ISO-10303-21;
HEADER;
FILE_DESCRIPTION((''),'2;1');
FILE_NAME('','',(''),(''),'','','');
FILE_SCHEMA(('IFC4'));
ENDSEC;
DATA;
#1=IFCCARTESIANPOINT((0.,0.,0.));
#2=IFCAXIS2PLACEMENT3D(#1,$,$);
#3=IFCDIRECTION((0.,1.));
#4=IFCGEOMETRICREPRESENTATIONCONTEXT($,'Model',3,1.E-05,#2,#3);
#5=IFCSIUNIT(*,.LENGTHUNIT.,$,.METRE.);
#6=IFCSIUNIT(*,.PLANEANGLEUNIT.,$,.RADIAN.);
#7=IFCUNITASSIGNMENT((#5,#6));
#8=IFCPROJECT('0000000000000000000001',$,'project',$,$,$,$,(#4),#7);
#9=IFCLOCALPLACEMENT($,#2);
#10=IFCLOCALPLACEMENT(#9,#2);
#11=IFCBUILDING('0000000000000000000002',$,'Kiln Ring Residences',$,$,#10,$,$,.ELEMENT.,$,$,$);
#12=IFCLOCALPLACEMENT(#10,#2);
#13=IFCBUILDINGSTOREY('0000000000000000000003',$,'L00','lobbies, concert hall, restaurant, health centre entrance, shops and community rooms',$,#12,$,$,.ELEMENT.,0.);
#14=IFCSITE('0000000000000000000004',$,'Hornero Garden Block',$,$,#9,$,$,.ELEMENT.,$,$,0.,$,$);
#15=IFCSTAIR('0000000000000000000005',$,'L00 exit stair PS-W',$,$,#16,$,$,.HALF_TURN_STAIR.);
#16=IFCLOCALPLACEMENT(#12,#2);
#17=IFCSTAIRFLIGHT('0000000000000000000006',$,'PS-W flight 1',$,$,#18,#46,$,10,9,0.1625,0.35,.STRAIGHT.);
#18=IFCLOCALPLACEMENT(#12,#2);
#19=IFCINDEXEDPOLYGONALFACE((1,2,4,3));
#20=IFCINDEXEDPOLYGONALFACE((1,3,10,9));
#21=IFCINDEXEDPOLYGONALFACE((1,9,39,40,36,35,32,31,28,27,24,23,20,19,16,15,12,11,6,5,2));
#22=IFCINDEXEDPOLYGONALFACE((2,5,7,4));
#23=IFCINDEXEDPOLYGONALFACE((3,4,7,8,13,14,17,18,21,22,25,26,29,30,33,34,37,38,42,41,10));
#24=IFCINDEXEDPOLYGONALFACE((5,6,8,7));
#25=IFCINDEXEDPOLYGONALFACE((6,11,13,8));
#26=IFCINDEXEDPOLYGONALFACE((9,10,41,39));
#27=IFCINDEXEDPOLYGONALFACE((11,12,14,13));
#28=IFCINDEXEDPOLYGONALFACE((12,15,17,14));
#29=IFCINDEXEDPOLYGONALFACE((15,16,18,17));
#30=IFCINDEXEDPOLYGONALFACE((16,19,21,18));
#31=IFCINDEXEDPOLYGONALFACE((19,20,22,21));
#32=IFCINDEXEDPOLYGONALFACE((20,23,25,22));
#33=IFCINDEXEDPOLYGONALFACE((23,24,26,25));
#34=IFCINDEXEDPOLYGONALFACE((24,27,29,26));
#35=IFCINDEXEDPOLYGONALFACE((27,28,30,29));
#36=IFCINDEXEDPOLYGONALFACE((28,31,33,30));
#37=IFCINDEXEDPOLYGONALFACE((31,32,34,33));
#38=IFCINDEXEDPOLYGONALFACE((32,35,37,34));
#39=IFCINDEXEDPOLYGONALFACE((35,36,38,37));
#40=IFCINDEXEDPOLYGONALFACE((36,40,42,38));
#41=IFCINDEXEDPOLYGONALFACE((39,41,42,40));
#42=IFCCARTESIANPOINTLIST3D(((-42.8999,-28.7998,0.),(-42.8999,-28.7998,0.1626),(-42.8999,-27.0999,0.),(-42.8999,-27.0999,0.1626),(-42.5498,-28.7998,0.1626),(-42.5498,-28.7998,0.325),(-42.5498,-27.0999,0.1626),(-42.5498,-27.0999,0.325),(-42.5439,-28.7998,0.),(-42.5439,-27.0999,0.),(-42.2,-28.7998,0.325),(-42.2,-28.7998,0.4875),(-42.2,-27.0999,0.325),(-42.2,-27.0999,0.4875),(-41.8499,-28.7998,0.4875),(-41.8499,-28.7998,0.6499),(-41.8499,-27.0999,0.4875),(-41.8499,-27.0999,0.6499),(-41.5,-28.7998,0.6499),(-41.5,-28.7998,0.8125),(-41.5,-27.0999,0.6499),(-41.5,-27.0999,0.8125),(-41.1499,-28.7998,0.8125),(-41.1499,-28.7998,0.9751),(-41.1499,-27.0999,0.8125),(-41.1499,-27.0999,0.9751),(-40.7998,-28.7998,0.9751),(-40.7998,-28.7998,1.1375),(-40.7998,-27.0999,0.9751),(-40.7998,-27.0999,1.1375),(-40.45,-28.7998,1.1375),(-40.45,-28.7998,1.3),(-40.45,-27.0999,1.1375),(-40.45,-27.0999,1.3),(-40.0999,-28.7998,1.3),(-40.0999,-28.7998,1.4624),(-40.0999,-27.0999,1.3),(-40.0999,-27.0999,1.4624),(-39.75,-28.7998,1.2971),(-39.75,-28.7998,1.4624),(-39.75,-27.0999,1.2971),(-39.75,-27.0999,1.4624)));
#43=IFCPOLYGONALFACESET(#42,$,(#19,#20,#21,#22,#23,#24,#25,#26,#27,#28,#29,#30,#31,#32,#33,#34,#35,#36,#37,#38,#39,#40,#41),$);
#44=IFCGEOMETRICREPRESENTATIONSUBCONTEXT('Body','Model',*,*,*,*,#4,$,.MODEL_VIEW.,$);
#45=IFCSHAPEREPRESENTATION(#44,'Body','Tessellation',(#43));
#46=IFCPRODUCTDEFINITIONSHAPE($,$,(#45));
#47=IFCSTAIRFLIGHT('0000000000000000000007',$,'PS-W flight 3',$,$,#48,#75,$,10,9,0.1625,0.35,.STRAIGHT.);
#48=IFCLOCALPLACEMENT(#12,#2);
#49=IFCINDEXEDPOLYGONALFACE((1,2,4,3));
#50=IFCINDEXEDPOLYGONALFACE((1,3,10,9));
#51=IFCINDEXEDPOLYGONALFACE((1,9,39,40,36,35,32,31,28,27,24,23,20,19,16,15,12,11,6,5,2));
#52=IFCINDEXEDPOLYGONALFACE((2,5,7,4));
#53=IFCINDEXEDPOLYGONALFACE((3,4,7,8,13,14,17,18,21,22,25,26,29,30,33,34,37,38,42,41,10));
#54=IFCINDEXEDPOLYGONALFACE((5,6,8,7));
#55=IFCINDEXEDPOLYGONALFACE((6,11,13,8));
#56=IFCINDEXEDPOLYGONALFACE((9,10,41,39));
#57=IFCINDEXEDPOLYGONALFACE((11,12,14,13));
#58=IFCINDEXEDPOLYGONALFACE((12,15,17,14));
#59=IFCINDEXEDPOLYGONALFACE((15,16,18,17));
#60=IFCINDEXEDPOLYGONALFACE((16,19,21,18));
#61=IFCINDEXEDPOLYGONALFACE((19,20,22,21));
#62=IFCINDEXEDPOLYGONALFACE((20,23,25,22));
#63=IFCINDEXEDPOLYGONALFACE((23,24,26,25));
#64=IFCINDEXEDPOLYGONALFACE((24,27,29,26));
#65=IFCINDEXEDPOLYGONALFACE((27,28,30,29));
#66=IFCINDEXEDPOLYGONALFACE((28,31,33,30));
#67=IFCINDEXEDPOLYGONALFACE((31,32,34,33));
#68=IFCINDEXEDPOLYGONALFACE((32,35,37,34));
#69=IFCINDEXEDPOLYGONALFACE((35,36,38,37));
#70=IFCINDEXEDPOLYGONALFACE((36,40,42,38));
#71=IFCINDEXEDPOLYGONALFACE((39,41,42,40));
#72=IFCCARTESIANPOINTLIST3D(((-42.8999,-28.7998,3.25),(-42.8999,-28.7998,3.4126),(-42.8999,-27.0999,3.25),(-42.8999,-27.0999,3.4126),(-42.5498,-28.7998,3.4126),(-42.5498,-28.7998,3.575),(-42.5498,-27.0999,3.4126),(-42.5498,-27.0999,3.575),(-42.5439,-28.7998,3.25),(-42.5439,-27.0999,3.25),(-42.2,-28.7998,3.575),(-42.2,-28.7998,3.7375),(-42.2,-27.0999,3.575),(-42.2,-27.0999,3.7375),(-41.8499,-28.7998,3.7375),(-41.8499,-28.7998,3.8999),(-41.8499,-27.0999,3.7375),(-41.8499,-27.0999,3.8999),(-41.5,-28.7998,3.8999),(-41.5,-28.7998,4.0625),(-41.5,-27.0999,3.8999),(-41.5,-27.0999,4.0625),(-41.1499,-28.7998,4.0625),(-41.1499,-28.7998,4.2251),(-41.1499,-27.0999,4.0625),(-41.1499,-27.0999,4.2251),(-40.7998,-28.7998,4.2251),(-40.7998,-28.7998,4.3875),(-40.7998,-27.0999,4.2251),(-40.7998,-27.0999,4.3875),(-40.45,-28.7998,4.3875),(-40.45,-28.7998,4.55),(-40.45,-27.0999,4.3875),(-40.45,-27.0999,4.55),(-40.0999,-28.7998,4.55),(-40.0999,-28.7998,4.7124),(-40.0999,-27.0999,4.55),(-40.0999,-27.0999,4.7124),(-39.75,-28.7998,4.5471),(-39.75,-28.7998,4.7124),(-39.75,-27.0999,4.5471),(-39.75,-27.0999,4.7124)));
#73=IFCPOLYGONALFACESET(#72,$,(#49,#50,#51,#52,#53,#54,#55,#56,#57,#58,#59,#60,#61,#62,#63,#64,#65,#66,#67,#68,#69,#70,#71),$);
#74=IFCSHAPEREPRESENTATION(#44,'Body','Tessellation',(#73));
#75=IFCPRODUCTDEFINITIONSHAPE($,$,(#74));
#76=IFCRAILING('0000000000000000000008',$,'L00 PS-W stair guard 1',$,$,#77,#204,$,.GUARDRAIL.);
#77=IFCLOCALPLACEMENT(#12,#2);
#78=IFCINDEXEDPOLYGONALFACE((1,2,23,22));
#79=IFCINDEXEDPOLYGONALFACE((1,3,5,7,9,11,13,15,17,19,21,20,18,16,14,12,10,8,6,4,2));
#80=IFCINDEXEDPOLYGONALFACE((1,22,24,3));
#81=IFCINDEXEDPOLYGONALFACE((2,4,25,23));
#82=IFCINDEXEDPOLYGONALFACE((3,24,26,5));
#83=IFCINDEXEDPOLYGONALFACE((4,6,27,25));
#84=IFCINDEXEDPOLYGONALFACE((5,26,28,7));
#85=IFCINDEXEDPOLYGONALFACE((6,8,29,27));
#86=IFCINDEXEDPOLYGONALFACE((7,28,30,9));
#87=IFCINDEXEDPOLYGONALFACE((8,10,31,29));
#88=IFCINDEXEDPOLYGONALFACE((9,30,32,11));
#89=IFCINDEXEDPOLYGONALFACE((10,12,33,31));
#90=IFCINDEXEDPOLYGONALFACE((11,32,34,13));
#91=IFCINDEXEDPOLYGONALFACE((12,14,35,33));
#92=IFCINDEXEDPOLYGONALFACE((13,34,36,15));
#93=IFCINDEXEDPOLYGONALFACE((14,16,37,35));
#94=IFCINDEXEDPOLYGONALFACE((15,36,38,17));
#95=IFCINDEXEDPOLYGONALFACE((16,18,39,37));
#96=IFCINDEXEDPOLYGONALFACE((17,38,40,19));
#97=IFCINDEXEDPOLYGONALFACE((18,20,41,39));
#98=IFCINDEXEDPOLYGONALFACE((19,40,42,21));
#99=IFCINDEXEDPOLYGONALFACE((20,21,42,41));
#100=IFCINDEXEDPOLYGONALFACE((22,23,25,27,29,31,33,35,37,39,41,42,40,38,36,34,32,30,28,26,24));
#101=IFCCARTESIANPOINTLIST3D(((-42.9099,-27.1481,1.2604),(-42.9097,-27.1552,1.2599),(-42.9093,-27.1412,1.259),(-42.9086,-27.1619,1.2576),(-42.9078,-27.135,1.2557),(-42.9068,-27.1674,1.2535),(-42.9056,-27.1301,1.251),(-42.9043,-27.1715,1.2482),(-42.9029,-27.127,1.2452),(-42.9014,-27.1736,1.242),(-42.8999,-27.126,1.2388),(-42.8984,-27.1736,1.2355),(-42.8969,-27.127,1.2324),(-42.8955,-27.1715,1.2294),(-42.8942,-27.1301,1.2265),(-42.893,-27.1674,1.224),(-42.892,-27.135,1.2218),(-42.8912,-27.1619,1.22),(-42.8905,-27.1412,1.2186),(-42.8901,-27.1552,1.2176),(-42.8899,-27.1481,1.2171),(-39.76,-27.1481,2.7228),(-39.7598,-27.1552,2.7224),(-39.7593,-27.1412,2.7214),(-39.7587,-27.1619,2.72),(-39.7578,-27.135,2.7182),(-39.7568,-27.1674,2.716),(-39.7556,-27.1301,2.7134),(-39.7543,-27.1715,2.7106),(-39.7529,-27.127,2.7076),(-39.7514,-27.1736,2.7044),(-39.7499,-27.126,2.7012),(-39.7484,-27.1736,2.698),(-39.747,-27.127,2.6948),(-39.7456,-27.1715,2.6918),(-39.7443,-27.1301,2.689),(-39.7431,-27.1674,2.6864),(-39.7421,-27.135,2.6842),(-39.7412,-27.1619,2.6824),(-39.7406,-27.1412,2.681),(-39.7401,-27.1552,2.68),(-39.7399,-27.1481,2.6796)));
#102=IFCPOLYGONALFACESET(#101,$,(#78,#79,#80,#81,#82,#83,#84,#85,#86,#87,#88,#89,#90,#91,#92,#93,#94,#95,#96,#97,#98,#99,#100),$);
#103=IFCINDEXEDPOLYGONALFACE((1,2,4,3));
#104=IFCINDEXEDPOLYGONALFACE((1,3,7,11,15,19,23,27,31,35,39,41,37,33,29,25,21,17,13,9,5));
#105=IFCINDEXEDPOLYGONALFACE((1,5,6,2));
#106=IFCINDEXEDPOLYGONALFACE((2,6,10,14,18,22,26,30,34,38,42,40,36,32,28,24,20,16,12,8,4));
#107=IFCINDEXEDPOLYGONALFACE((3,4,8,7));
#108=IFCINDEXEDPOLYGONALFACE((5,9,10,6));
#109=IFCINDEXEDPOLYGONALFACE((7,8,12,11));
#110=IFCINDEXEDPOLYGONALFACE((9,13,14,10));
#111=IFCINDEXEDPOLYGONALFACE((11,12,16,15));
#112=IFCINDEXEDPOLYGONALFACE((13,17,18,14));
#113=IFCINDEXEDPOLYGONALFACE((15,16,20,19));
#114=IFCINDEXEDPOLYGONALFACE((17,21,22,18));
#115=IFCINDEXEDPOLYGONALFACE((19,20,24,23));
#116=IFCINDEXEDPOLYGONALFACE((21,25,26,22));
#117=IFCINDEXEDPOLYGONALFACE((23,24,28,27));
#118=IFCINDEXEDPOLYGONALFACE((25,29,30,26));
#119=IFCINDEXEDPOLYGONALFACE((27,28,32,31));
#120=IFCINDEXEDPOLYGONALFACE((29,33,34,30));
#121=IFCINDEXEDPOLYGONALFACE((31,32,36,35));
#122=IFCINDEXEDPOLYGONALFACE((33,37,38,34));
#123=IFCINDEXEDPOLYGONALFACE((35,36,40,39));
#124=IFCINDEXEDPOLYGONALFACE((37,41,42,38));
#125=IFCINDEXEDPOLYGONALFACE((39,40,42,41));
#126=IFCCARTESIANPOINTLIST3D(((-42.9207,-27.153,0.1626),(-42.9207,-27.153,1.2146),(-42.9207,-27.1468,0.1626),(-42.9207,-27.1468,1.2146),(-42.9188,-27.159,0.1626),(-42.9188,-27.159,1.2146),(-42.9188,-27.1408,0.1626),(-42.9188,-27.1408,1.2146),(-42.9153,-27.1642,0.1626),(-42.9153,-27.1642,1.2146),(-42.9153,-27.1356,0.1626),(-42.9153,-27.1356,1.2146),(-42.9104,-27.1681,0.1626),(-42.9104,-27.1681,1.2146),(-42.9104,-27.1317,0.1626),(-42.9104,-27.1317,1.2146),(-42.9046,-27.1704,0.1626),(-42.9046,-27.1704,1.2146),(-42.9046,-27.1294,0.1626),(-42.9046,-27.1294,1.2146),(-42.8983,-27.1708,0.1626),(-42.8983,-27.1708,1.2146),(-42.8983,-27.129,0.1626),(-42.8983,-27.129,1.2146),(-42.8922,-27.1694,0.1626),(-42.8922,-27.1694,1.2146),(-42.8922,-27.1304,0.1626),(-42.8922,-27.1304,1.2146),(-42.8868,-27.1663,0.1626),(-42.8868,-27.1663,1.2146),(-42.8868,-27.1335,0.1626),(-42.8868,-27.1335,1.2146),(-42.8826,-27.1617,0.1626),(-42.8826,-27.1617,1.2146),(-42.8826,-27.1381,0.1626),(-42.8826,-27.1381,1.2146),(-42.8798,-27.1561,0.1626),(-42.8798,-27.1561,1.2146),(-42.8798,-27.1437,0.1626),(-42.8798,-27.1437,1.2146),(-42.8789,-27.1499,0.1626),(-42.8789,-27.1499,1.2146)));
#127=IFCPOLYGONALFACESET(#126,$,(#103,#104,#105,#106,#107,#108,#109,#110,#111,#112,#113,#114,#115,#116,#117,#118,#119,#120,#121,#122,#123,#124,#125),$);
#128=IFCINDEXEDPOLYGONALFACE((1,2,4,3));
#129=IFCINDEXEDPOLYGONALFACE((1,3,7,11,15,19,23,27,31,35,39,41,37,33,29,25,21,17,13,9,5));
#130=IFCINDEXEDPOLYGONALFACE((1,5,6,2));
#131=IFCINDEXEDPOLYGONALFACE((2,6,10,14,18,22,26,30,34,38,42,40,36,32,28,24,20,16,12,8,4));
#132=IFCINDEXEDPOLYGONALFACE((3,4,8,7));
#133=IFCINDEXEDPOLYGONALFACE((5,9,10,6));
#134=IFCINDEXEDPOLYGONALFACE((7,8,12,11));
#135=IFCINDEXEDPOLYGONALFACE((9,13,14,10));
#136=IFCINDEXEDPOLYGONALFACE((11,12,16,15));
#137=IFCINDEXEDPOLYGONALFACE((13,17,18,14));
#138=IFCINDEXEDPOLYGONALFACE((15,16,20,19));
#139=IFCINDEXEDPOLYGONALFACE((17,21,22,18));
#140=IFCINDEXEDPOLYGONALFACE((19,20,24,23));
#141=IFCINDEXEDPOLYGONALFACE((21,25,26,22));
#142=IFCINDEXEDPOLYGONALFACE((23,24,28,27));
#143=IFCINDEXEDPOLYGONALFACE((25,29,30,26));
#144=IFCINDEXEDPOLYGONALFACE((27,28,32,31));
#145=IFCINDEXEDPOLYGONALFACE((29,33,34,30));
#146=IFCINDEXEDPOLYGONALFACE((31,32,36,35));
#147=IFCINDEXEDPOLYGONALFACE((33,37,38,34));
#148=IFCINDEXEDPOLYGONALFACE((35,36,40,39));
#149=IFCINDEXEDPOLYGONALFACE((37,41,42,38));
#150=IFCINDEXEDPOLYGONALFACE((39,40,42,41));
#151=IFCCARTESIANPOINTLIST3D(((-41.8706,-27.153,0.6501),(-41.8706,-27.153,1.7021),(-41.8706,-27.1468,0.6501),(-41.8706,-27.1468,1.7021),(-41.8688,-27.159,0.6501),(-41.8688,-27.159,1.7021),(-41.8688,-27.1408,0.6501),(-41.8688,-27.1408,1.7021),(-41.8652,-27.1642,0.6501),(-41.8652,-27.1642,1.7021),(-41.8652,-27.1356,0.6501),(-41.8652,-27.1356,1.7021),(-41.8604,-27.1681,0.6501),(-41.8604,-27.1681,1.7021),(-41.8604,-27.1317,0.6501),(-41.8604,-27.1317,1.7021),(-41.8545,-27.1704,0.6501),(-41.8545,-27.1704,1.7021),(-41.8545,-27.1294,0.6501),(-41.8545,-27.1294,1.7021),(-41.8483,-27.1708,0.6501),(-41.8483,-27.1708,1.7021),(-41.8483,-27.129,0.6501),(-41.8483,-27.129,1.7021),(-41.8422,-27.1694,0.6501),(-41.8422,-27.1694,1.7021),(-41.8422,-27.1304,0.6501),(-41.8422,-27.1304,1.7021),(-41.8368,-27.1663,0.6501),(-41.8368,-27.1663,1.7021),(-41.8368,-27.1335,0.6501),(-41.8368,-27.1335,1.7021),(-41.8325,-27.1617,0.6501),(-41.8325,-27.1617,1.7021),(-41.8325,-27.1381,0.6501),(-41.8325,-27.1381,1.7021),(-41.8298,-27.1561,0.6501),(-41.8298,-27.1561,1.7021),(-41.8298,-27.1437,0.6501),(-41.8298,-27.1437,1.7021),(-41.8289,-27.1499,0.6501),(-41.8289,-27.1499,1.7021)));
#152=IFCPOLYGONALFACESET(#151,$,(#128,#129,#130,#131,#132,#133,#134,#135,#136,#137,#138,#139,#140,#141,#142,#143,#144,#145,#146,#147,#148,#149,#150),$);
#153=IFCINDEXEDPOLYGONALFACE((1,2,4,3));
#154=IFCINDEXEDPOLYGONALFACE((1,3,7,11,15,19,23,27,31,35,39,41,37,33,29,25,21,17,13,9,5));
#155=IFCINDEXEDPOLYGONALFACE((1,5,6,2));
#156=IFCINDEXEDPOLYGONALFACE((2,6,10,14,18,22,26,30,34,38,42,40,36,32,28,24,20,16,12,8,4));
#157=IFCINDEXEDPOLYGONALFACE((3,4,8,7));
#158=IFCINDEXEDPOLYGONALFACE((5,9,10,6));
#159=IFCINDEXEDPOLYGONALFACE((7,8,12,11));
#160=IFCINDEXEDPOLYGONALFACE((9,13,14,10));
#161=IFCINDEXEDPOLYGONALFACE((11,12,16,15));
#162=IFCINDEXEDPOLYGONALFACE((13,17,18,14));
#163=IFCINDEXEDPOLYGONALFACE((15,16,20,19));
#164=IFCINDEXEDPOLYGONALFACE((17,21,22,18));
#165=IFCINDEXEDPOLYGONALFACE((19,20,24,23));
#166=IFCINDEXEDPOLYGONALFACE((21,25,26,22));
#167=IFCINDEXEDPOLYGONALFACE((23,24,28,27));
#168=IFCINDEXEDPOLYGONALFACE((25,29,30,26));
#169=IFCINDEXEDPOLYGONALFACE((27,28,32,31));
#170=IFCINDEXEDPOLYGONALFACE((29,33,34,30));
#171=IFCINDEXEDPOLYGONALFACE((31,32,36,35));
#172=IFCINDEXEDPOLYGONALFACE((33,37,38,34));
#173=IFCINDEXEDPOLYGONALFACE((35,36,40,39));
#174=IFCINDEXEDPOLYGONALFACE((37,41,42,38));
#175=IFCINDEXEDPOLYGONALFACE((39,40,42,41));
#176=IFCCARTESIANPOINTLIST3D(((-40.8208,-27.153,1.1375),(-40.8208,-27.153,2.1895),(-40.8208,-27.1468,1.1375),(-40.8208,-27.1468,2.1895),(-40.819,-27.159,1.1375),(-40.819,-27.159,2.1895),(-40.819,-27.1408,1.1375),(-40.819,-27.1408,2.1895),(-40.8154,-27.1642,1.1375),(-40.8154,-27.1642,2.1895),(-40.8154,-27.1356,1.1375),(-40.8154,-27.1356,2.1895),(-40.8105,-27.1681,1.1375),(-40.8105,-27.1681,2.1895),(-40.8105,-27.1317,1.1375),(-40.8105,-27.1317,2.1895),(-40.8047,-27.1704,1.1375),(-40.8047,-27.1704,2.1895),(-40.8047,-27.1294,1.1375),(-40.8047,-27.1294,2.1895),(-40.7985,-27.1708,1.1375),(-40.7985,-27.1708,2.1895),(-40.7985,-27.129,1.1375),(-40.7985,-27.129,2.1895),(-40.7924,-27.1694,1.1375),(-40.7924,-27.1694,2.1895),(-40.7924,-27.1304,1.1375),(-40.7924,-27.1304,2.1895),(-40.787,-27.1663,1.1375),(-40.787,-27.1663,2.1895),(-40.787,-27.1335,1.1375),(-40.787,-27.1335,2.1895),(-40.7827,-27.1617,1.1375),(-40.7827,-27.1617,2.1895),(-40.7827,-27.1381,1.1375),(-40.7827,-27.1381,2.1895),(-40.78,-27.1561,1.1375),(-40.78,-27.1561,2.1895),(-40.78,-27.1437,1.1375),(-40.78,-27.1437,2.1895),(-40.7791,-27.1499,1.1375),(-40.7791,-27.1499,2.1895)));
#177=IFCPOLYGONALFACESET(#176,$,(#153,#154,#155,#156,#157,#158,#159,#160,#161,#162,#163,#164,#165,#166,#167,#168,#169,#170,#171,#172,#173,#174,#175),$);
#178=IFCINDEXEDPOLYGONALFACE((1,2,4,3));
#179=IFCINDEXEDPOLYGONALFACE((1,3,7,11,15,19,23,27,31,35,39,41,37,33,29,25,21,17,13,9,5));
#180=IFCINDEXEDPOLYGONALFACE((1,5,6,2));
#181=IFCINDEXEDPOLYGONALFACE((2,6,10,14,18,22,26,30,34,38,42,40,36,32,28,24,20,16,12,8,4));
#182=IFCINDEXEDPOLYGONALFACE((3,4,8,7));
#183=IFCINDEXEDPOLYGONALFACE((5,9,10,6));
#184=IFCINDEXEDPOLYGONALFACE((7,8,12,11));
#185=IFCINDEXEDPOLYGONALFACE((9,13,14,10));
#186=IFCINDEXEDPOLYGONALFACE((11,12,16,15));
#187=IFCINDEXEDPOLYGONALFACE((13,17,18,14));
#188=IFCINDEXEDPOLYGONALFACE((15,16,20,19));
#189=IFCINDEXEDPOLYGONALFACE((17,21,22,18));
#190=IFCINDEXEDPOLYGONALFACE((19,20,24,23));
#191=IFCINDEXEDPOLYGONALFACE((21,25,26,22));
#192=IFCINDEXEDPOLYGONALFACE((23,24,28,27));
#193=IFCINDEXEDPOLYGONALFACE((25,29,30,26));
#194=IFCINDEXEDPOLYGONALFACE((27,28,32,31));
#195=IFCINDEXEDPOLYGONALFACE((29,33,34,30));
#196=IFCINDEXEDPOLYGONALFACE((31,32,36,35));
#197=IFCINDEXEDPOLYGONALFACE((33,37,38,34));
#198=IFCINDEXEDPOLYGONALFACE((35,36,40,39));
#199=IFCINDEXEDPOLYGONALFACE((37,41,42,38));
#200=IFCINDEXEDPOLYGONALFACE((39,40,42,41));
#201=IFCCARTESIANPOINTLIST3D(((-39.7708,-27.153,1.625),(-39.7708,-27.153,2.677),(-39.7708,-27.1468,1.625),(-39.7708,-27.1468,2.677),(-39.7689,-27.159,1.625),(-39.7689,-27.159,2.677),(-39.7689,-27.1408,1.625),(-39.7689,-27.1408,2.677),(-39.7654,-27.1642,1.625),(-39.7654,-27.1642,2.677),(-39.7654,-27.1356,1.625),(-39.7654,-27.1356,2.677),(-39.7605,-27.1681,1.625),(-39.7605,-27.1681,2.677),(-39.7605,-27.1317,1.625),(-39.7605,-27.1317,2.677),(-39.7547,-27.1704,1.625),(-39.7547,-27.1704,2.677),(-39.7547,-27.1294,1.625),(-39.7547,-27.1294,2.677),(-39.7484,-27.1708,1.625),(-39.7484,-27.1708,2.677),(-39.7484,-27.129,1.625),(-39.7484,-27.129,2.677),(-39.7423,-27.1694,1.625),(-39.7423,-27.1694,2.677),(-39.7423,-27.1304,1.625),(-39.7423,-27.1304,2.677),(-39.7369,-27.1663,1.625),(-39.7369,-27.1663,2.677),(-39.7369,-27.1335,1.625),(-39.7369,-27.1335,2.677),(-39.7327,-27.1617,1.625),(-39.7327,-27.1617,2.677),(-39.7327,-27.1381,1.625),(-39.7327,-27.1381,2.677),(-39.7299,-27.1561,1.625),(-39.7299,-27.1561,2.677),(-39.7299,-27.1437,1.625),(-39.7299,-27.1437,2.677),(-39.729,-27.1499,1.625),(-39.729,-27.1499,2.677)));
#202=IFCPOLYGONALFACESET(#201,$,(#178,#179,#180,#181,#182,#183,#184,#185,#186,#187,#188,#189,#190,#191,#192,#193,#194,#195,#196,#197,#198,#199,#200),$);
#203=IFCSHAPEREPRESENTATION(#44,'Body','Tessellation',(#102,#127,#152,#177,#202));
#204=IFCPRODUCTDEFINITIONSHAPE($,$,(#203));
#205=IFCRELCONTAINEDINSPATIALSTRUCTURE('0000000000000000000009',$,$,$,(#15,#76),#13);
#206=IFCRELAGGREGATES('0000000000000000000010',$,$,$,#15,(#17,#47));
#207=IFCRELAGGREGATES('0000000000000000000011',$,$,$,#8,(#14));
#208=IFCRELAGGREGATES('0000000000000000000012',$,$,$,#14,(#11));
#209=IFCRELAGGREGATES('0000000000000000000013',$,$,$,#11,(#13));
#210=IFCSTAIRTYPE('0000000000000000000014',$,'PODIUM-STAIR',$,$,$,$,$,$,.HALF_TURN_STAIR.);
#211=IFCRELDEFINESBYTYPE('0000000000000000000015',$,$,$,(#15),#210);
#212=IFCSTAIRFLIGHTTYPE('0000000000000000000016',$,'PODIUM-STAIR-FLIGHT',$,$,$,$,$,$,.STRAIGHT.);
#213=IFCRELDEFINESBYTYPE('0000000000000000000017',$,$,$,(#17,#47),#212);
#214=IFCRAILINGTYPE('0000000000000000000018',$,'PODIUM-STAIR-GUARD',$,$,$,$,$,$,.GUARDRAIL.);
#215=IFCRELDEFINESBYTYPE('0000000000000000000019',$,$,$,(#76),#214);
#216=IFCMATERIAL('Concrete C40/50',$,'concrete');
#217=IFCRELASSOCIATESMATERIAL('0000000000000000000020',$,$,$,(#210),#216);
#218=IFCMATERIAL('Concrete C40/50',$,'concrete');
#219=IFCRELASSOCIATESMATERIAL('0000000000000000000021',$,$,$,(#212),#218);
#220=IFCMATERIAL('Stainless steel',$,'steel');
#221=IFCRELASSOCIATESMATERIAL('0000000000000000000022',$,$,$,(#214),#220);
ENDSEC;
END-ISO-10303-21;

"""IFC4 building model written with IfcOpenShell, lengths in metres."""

from ifc_helpers import new_model, si_unit, direction, frame, origin, origin_2d, place, context, subcontext, project, spatial, polyline, circle, outline, extrude, material, type_object, element, aggregate, save


model = new_model("IFC4")

# Units and contexts
model_context = context("Model", 3, precision=1e-05, world=origin(), true_north=direction((0.0, 1.0)))
body_context = subcontext(model_context, "Body", "Model", "MODEL_VIEW")
ifc_project = project(units=[si_unit("LENGTHUNIT", "METRE"), si_unit("PLANEANGLEUNIT", "RADIAN")], contexts=[model_context])

# Site, building, storey
site_placement = place(None, origin())
site = spatial("IfcSite", under=ifc_project, at=site_placement, Name="Hornero Garden Block", CompositionType="ELEMENT", RefElevation=0.0)
building_placement = place(site_placement, origin())
building = spatial("IfcBuilding", under=site, at=building_placement, Name="Kiln Ring Residences", CompositionType="ELEMENT")
storey_placement = place(building_placement, origin())
storey = spatial("IfcBuildingStorey", under=building, at=storey_placement, Name="L00", Description="lobbies, concert hall, restaurant, health centre entrance, shops and community rooms", CompositionType="ELEMENT", Elevation=0.0)

# Shared definitions
placement = place(storey_placement, origin())

# Stair, stair flights
ifc_material_1 = material(Name="Concrete C40/50", Category="concrete")
stair_type = type_object("IfcStairType", Name="PODIUM-STAIR", PredefinedType="HALF_TURN_STAIR", material=ifc_material_1)
stair = element("IfcStair", 1, at=placement, inside=storey, type_object=stair_type, Name="L00 exit stair PS-W", PredefinedType="HALF_TURN_STAIR")
ifc_material_2 = material(Name="Concrete C40/50", Category="concrete")
stair_flight_type = type_object("IfcStairFlightType", Name="PODIUM-STAIR-FLIGHT", PredefinedType="STRAIGHT", material=ifc_material_2)
stair_flight_1_placement = place(storey_placement, frame((-42.8999, -27.95, 0.0), z_axis=(0.0, 0.0, 1.0), x_axis=(1.0, 0.0, 0.0)))
stair_flight_1 = element("IfcStairFlight", 2, at=stair_flight_1_placement, type_object=stair_flight_type, Name="PS-W flight 1", NumberOfRisers=10, NumberOfTreads=9, PredefinedType="STRAIGHT", RiserHeight=0.1625, TreadLength=0.35, context=body_context, shape_type="SweptSolid", body=[
    extrude(outline(polyline([(0.0, 0.0), (0.0, 0.1626), (0.3501, 0.1626), (0.3501, 0.325), (0.7, 0.325), (0.7, 0.4875), (1.05, 0.4875), (1.05, 0.6499), (1.3999, 0.6499), (1.3999, 0.8125), (1.75, 0.8125), (1.75, 0.9751), (2.1001, 0.9751), (2.1001, 1.1375), (2.45, 1.1375), (2.45, 1.3), (2.8, 1.3), (2.8, 1.4624), (3.1499, 1.4624), (3.1499, 1.625), (3.1499, 1.2971), (0.356, 0.0), (0.0, 0.0)])), frame((0.0, 0.8501, 0.0), z_axis=(0.0, -1.0, 0.0), x_axis=(1.0, 0.0, 0.0)), (0.0, 0.0, 1.0), 1.7),
])
stair_flight_2_placement = place(storey_placement, frame((-42.8999, -27.95, 3.25), z_axis=(0.0, 0.0, 1.0), x_axis=(1.0, 0.0, 0.0)))
stair_flight_2 = element("IfcStairFlight", 3, at=stair_flight_2_placement, type_object=stair_flight_type, Name="PS-W flight 3", NumberOfRisers=10, NumberOfTreads=9, PredefinedType="STRAIGHT", RiserHeight=0.1625, TreadLength=0.35, context=body_context, shape_type="SweptSolid", body=[
    extrude(outline(polyline([(0.0, 0.0), (0.0, 0.1626), (0.3501, 0.1626), (0.3501, 0.325), (0.7, 0.325), (0.7, 0.4875), (1.05, 0.4875), (1.05, 0.6499), (1.3999, 0.6499), (1.3999, 0.8125), (1.75, 0.8125), (1.75, 0.9751), (2.1001, 0.9751), (2.1001, 1.1375), (2.45, 1.1375), (2.45, 1.3), (2.8, 1.3), (2.8, 1.4624), (3.1499, 1.4624), (3.1499, 1.625), (3.1499, 1.2971), (0.356, 0.0), (0.0, 0.0)])), frame((0.0, 0.8501, 0.0), z_axis=(0.0, -1.0, 0.0), x_axis=(1.0, 0.0, 0.0)), (0.0, 0.0, 1.0), 1.7),
])
aggregate(stair, [stair_flight_1, stair_flight_2])

# Railing
ifc_material_3 = material(Name="Stainless steel", Category="steel")
railing_type_1 = type_object("IfcRailingType", Name="PODIUM-STAIR-GUARD", PredefinedType="GUARDRAIL", material=ifc_material_3)
railing_1_placement = place(storey_placement, frame((-42.8999, -27.1499, 0.1626)))
element("IfcRailing", 4, at=railing_1_placement, inside=storey, type_object=railing_type_1, Name="L00 PS-W stair guard 1", PredefinedType="GUARDRAIL", context=body_context, shape_type="SweptSolid", body=[
    extrude(circle(Radius=0.0239, at=origin_2d()), frame((0.0, 0.0, 1.0762), z_axis=(0.907015, 0.0, 0.421099), x_axis=(0.0, 1.0, 0.0)), (0.0, 0.0, 1.0), 3.4729),
    extrude(circle(Radius=0.021, at=origin_2d()), origin(), (0.0, 0.0, 1.0), 1.052),
    extrude(circle(Radius=0.021, at=origin_2d()), frame((1.05, 0.0, 0.4875)), (0.0, 0.0, 1.0), 1.052),
    extrude(circle(Radius=0.021, at=origin_2d()), frame((2.0999, 0.0, 0.9749)), (0.0, 0.0, 1.0), 1.052),
    extrude(circle(Radius=0.021, at=origin_2d()), frame((3.1499, 0.0, 1.4624)), (0.0, 0.0, 1.0), 1.052),
])

save(model, "model.ifc")
